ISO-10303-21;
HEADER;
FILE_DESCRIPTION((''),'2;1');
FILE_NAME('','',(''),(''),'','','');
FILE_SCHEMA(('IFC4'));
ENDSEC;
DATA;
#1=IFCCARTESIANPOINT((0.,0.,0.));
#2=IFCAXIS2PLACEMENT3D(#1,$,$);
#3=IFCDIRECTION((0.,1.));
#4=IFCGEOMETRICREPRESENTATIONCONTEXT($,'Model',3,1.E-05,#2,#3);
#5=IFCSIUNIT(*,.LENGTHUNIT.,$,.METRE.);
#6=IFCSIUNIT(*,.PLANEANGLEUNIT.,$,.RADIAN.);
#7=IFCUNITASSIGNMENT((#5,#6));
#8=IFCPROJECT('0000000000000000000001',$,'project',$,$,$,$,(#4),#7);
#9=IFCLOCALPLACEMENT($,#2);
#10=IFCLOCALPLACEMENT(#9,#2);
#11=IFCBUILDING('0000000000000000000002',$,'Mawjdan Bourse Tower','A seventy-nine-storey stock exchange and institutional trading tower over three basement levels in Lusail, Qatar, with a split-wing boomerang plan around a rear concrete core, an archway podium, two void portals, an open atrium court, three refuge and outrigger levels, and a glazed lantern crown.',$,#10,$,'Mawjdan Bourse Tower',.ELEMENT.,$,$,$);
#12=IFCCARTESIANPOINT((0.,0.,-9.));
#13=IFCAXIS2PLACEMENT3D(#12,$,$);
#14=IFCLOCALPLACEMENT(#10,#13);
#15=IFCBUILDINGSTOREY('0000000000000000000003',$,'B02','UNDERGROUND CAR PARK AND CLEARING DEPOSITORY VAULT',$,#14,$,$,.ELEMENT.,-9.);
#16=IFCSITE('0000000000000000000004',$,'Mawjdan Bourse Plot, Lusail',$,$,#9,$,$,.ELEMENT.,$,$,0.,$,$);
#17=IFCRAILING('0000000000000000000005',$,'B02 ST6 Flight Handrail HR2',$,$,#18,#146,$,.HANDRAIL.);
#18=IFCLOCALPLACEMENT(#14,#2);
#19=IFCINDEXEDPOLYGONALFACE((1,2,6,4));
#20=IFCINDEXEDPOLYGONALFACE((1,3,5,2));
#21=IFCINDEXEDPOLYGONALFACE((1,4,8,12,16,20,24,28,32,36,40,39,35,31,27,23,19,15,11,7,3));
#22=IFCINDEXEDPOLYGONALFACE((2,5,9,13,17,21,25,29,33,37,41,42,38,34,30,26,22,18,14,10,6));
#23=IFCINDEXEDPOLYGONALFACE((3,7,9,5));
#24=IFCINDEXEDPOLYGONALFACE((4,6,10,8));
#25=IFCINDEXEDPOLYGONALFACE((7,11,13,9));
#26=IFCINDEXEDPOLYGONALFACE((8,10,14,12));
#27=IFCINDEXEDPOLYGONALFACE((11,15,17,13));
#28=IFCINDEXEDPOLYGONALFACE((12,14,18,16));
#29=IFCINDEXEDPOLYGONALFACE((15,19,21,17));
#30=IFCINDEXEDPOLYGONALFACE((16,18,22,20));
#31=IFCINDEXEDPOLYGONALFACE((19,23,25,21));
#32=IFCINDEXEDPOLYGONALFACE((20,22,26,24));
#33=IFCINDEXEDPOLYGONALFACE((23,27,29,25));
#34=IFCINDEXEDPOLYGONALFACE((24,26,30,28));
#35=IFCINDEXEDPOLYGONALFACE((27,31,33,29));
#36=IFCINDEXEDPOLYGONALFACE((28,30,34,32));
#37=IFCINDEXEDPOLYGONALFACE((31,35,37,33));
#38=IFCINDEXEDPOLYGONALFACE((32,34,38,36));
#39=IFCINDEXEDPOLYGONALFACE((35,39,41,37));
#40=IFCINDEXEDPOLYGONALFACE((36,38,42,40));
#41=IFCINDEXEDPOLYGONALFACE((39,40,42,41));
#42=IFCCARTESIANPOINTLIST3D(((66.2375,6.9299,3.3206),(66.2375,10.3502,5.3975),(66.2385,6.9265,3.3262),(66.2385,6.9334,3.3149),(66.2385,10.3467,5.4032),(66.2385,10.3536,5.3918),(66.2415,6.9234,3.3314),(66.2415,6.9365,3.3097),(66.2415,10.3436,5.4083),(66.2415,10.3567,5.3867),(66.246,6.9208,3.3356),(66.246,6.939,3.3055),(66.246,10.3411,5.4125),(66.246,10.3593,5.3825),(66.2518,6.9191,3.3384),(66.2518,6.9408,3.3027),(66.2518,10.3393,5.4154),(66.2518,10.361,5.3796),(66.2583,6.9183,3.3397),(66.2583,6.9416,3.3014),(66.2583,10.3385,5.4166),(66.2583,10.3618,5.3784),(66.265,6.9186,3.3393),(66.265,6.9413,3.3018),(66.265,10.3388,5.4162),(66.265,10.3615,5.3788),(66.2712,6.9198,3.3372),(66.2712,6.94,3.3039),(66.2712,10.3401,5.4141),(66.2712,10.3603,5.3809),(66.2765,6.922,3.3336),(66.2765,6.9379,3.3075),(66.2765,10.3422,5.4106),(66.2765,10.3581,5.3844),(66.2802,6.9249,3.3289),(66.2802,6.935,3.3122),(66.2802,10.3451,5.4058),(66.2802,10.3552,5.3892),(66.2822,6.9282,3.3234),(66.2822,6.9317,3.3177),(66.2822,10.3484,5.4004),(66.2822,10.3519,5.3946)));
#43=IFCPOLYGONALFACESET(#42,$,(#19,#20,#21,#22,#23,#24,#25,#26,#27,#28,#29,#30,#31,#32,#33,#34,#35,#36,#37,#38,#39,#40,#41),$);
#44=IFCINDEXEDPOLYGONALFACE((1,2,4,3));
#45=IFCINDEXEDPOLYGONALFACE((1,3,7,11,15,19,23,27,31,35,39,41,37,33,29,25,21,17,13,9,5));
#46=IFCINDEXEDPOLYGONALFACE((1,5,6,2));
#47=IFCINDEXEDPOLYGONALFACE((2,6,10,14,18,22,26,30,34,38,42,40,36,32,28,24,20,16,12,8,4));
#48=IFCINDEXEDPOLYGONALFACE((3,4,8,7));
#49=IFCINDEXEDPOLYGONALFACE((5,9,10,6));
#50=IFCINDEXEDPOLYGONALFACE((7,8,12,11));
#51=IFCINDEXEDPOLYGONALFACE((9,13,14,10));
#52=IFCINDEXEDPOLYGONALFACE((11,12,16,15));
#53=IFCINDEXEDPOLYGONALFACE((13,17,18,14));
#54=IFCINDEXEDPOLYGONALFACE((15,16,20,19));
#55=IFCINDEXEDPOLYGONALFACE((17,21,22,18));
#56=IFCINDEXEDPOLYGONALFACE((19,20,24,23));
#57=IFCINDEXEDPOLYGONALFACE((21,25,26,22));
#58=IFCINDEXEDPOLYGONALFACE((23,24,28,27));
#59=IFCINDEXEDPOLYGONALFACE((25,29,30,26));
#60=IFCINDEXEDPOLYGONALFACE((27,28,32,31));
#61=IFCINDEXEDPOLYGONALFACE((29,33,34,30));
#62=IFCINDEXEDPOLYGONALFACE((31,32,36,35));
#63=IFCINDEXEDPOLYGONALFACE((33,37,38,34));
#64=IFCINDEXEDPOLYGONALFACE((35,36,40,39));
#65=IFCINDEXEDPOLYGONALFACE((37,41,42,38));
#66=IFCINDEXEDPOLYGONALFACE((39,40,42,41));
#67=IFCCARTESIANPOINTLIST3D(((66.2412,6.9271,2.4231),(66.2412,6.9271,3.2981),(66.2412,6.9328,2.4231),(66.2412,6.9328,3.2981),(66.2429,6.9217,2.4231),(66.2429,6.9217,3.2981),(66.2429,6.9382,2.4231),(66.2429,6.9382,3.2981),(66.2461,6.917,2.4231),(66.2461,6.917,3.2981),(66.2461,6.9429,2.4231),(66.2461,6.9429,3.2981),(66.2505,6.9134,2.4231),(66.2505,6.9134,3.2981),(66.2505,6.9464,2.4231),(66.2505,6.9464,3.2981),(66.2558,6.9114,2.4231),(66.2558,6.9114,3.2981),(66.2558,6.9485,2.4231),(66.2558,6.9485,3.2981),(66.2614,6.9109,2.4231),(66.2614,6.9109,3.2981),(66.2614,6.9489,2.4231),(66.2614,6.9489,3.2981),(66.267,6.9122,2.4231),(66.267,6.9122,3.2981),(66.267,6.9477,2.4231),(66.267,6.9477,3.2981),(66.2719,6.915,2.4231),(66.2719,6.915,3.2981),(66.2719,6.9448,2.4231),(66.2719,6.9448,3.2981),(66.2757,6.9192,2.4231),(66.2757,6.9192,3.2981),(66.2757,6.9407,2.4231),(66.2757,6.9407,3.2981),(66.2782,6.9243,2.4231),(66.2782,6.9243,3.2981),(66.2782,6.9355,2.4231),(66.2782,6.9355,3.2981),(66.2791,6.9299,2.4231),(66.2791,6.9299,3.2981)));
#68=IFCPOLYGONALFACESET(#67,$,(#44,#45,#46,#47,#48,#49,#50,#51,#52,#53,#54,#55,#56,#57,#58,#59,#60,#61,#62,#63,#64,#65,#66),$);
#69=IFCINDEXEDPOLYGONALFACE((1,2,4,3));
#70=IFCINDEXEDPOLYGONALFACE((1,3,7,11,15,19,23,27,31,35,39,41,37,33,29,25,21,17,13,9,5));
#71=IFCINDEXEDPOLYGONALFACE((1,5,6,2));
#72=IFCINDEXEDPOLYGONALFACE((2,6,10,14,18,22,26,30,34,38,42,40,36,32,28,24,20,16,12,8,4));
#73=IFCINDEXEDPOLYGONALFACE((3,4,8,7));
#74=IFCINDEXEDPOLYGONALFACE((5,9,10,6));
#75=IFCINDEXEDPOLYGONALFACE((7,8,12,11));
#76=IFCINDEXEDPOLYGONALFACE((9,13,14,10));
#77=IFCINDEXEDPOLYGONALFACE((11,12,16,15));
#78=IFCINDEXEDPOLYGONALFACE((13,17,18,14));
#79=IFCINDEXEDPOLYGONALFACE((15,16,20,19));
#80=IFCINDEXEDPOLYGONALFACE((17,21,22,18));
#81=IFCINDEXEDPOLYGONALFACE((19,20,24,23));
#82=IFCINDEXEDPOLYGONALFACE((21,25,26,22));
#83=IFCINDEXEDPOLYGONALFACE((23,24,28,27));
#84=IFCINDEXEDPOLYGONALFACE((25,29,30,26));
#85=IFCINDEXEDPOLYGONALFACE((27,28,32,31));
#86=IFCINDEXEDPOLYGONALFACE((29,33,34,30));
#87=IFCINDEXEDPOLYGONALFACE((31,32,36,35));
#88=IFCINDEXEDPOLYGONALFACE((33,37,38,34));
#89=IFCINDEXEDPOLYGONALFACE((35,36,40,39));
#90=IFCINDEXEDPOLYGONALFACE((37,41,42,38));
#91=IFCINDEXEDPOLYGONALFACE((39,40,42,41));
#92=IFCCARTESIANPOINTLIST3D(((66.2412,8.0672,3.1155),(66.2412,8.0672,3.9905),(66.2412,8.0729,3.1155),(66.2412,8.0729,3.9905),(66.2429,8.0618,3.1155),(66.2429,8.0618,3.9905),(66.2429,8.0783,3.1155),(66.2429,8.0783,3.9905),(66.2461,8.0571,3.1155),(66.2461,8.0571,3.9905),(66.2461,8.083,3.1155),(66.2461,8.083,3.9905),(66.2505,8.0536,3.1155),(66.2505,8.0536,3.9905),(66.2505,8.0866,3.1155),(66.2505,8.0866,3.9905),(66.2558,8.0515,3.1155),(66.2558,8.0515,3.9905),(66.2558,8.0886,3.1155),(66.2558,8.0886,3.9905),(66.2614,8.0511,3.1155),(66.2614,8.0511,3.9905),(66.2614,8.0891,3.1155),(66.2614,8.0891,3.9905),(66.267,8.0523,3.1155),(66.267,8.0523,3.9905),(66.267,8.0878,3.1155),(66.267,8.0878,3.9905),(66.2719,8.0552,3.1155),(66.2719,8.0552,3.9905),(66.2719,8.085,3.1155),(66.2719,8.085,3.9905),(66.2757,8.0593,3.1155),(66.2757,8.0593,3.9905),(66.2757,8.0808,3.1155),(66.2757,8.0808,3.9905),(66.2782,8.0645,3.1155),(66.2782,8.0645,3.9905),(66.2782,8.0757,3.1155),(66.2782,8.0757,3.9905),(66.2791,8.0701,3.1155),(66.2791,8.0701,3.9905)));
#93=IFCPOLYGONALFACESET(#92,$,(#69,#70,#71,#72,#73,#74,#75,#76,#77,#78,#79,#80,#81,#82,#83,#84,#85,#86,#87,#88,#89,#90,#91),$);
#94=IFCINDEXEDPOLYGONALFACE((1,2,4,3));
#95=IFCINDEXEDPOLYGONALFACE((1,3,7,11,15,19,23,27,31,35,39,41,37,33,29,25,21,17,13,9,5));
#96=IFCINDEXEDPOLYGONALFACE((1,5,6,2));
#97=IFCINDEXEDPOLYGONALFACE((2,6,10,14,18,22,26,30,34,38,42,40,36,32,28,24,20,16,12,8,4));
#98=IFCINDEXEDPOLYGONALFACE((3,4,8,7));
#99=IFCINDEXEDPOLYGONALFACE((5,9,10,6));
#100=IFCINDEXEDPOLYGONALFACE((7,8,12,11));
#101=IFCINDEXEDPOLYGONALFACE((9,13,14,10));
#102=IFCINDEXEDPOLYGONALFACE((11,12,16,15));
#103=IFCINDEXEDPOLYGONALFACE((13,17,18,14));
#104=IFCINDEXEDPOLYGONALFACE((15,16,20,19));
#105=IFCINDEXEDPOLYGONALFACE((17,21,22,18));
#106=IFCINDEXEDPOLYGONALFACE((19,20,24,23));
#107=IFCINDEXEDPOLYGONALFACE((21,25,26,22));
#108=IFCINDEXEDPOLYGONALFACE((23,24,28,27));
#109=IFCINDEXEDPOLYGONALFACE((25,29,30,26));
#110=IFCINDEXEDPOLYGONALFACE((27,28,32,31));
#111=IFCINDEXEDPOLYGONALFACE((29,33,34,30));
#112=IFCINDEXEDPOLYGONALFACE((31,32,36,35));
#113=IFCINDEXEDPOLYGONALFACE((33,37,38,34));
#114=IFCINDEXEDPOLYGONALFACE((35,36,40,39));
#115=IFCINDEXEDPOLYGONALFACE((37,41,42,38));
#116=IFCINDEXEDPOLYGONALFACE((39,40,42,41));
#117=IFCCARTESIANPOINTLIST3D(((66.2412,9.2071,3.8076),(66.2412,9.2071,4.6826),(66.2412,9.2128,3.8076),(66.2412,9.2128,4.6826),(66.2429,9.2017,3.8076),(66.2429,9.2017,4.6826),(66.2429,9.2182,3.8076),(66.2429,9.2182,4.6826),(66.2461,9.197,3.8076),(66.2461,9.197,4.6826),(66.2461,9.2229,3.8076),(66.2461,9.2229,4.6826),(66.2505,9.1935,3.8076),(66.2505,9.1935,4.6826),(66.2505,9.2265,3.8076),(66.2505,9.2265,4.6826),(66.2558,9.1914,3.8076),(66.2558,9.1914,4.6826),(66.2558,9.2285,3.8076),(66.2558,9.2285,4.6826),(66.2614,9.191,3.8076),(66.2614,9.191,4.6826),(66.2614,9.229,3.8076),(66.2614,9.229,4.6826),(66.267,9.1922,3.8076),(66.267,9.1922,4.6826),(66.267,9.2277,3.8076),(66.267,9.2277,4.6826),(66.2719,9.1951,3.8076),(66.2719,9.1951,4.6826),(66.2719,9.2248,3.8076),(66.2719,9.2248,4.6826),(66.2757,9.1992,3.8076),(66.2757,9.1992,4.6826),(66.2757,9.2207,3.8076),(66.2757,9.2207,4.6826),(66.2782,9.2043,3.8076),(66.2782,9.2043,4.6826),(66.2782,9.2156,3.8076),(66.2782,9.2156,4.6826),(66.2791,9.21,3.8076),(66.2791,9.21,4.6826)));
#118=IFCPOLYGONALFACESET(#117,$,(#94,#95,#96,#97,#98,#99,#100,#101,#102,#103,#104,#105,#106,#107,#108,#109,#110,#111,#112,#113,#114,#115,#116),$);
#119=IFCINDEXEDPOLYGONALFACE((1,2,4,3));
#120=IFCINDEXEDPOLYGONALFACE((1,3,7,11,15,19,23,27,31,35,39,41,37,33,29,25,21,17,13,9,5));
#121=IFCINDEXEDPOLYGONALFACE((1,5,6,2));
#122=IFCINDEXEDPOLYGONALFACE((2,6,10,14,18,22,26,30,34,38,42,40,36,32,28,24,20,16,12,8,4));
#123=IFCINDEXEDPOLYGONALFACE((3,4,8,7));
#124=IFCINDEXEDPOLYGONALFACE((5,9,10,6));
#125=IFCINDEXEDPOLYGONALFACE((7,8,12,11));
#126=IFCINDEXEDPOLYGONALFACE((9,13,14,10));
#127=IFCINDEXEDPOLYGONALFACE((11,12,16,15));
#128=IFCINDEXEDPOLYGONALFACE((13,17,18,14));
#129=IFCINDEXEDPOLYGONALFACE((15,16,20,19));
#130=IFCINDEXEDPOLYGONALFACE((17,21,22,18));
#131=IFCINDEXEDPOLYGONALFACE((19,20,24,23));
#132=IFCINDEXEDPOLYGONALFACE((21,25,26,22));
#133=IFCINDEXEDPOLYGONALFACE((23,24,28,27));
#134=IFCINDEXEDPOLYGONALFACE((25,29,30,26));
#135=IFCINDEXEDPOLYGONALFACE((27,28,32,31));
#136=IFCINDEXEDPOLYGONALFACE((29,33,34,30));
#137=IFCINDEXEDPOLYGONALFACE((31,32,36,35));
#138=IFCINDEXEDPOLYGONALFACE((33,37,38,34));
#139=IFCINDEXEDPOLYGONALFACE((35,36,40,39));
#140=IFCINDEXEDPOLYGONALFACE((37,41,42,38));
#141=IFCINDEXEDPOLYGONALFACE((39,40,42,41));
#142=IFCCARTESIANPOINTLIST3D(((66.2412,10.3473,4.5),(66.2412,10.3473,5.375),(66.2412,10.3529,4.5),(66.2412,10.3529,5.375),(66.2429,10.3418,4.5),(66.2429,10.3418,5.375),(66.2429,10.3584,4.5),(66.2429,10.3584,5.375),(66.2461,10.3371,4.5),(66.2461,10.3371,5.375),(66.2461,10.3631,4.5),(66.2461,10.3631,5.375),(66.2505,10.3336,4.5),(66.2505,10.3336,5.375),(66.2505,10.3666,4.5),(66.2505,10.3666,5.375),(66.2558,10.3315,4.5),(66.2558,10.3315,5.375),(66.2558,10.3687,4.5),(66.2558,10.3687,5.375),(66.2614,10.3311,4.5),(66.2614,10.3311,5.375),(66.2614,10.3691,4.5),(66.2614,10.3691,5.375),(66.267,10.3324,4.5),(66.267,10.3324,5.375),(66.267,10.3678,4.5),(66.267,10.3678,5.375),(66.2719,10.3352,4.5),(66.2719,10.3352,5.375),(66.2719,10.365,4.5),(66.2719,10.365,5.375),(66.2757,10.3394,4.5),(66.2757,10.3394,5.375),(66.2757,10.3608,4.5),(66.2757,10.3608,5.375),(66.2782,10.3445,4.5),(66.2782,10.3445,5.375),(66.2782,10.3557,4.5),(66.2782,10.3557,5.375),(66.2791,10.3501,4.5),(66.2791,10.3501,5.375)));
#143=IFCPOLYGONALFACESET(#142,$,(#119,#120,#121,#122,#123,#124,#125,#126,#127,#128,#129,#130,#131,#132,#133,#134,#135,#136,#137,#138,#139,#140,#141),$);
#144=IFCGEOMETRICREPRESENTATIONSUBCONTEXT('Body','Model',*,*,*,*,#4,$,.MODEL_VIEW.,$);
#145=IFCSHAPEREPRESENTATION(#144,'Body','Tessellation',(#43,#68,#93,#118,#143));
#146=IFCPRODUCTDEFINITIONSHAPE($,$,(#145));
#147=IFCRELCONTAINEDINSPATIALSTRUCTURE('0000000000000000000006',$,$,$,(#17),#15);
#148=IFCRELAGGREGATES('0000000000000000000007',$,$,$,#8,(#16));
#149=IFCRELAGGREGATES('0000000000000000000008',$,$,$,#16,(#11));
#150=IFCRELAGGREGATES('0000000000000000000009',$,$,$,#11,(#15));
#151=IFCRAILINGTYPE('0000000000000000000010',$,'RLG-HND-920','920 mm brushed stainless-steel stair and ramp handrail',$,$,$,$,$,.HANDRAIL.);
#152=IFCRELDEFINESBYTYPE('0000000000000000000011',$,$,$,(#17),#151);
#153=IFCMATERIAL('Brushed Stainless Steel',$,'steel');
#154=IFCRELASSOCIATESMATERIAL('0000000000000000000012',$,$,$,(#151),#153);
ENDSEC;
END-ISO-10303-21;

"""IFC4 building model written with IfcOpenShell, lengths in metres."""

from ifc_helpers import new_model, si_unit, direction, frame, origin, origin_2d, place, context, subcontext, project, spatial, circle, extrude, material, type_object, element, save


model = new_model("IFC4")

# Units and contexts
model_context = context("Model", 3, precision=1e-05, world=origin(), true_north=direction((0.0, 1.0)))
body_context = subcontext(model_context, "Body", "Model", "MODEL_VIEW")
ifc_project = project(units=[si_unit("LENGTHUNIT", "METRE"), si_unit("PLANEANGLEUNIT", "RADIAN")], contexts=[model_context])

# Site, building, storey
site_placement = place(None, origin())
site = spatial("IfcSite", under=ifc_project, at=site_placement, Name="Mawjdan Bourse Plot, Lusail", CompositionType="ELEMENT", RefElevation=0.0)
building_placement = place(site_placement, origin())
building = spatial("IfcBuilding", under=site, at=building_placement, Name="Mawjdan Bourse Tower", Description="A seventy-nine-storey stock exchange and institutional trading tower over three basement levels in Lusail, Qatar, with a split-wing boomerang plan around a rear concrete core, an archway podium, two void portals, an open atrium court, three refuge and outrigger levels, and a glazed lantern crown.", LongName="Mawjdan Bourse Tower", CompositionType="ELEMENT")
storey_placement = place(building_placement, frame((0.0, 0.0, -9.0)))
storey = spatial("IfcBuildingStorey", under=building, at=storey_placement, Name="B02", Description="UNDERGROUND CAR PARK AND CLEARING DEPOSITORY VAULT", CompositionType="ELEMENT", Elevation=-9.0)

# Railing
ifc_material_1 = material(Name="Brushed Stainless Steel", Category="steel")
railing_type_1 = type_object("IfcRailingType", Name="RLG-HND-920", Description="920 mm brushed stainless-steel stair and ramp handrail", PredefinedType="HANDRAIL", material=ifc_material_1)
railing_1_placement = place(storey_placement, frame((66.26, 6.9299, 2.4231)))
element("IfcRailing", 1, at=railing_1_placement, inside=storey, type_object=railing_type_1, Name="B02 ST6 Flight Handrail HR2", PredefinedType="HANDRAIL", context=body_context, shape_type="SweptSolid", body=[
    extrude(circle(Radius=0.0225, at=origin_2d()), frame((0.0, 0.0, 0.8975), z_axis=(0.0, 0.854746, 0.519047), x_axis=(-1.0, 0.0, 0.0)), (0.0, 0.0, 1.0), 4.0015),
    extrude(circle(Radius=0.019, at=origin_2d()), origin(), (0.0, 0.0, 1.0), 0.875),
    extrude(circle(Radius=0.019, at=origin_2d()), frame((0.0, 1.1401, 0.6924)), (0.0, 0.0, 1.0), 0.875),
    extrude(circle(Radius=0.019, at=origin_2d()), frame((0.0, 2.28, 1.3845)), (0.0, 0.0, 1.0), 0.875),
    extrude(circle(Radius=0.019, at=origin_2d()), frame((0.0, 3.4202, 2.0769)), (0.0, 0.0, 1.0), 0.875),
])

save(model, "model.ifc")
